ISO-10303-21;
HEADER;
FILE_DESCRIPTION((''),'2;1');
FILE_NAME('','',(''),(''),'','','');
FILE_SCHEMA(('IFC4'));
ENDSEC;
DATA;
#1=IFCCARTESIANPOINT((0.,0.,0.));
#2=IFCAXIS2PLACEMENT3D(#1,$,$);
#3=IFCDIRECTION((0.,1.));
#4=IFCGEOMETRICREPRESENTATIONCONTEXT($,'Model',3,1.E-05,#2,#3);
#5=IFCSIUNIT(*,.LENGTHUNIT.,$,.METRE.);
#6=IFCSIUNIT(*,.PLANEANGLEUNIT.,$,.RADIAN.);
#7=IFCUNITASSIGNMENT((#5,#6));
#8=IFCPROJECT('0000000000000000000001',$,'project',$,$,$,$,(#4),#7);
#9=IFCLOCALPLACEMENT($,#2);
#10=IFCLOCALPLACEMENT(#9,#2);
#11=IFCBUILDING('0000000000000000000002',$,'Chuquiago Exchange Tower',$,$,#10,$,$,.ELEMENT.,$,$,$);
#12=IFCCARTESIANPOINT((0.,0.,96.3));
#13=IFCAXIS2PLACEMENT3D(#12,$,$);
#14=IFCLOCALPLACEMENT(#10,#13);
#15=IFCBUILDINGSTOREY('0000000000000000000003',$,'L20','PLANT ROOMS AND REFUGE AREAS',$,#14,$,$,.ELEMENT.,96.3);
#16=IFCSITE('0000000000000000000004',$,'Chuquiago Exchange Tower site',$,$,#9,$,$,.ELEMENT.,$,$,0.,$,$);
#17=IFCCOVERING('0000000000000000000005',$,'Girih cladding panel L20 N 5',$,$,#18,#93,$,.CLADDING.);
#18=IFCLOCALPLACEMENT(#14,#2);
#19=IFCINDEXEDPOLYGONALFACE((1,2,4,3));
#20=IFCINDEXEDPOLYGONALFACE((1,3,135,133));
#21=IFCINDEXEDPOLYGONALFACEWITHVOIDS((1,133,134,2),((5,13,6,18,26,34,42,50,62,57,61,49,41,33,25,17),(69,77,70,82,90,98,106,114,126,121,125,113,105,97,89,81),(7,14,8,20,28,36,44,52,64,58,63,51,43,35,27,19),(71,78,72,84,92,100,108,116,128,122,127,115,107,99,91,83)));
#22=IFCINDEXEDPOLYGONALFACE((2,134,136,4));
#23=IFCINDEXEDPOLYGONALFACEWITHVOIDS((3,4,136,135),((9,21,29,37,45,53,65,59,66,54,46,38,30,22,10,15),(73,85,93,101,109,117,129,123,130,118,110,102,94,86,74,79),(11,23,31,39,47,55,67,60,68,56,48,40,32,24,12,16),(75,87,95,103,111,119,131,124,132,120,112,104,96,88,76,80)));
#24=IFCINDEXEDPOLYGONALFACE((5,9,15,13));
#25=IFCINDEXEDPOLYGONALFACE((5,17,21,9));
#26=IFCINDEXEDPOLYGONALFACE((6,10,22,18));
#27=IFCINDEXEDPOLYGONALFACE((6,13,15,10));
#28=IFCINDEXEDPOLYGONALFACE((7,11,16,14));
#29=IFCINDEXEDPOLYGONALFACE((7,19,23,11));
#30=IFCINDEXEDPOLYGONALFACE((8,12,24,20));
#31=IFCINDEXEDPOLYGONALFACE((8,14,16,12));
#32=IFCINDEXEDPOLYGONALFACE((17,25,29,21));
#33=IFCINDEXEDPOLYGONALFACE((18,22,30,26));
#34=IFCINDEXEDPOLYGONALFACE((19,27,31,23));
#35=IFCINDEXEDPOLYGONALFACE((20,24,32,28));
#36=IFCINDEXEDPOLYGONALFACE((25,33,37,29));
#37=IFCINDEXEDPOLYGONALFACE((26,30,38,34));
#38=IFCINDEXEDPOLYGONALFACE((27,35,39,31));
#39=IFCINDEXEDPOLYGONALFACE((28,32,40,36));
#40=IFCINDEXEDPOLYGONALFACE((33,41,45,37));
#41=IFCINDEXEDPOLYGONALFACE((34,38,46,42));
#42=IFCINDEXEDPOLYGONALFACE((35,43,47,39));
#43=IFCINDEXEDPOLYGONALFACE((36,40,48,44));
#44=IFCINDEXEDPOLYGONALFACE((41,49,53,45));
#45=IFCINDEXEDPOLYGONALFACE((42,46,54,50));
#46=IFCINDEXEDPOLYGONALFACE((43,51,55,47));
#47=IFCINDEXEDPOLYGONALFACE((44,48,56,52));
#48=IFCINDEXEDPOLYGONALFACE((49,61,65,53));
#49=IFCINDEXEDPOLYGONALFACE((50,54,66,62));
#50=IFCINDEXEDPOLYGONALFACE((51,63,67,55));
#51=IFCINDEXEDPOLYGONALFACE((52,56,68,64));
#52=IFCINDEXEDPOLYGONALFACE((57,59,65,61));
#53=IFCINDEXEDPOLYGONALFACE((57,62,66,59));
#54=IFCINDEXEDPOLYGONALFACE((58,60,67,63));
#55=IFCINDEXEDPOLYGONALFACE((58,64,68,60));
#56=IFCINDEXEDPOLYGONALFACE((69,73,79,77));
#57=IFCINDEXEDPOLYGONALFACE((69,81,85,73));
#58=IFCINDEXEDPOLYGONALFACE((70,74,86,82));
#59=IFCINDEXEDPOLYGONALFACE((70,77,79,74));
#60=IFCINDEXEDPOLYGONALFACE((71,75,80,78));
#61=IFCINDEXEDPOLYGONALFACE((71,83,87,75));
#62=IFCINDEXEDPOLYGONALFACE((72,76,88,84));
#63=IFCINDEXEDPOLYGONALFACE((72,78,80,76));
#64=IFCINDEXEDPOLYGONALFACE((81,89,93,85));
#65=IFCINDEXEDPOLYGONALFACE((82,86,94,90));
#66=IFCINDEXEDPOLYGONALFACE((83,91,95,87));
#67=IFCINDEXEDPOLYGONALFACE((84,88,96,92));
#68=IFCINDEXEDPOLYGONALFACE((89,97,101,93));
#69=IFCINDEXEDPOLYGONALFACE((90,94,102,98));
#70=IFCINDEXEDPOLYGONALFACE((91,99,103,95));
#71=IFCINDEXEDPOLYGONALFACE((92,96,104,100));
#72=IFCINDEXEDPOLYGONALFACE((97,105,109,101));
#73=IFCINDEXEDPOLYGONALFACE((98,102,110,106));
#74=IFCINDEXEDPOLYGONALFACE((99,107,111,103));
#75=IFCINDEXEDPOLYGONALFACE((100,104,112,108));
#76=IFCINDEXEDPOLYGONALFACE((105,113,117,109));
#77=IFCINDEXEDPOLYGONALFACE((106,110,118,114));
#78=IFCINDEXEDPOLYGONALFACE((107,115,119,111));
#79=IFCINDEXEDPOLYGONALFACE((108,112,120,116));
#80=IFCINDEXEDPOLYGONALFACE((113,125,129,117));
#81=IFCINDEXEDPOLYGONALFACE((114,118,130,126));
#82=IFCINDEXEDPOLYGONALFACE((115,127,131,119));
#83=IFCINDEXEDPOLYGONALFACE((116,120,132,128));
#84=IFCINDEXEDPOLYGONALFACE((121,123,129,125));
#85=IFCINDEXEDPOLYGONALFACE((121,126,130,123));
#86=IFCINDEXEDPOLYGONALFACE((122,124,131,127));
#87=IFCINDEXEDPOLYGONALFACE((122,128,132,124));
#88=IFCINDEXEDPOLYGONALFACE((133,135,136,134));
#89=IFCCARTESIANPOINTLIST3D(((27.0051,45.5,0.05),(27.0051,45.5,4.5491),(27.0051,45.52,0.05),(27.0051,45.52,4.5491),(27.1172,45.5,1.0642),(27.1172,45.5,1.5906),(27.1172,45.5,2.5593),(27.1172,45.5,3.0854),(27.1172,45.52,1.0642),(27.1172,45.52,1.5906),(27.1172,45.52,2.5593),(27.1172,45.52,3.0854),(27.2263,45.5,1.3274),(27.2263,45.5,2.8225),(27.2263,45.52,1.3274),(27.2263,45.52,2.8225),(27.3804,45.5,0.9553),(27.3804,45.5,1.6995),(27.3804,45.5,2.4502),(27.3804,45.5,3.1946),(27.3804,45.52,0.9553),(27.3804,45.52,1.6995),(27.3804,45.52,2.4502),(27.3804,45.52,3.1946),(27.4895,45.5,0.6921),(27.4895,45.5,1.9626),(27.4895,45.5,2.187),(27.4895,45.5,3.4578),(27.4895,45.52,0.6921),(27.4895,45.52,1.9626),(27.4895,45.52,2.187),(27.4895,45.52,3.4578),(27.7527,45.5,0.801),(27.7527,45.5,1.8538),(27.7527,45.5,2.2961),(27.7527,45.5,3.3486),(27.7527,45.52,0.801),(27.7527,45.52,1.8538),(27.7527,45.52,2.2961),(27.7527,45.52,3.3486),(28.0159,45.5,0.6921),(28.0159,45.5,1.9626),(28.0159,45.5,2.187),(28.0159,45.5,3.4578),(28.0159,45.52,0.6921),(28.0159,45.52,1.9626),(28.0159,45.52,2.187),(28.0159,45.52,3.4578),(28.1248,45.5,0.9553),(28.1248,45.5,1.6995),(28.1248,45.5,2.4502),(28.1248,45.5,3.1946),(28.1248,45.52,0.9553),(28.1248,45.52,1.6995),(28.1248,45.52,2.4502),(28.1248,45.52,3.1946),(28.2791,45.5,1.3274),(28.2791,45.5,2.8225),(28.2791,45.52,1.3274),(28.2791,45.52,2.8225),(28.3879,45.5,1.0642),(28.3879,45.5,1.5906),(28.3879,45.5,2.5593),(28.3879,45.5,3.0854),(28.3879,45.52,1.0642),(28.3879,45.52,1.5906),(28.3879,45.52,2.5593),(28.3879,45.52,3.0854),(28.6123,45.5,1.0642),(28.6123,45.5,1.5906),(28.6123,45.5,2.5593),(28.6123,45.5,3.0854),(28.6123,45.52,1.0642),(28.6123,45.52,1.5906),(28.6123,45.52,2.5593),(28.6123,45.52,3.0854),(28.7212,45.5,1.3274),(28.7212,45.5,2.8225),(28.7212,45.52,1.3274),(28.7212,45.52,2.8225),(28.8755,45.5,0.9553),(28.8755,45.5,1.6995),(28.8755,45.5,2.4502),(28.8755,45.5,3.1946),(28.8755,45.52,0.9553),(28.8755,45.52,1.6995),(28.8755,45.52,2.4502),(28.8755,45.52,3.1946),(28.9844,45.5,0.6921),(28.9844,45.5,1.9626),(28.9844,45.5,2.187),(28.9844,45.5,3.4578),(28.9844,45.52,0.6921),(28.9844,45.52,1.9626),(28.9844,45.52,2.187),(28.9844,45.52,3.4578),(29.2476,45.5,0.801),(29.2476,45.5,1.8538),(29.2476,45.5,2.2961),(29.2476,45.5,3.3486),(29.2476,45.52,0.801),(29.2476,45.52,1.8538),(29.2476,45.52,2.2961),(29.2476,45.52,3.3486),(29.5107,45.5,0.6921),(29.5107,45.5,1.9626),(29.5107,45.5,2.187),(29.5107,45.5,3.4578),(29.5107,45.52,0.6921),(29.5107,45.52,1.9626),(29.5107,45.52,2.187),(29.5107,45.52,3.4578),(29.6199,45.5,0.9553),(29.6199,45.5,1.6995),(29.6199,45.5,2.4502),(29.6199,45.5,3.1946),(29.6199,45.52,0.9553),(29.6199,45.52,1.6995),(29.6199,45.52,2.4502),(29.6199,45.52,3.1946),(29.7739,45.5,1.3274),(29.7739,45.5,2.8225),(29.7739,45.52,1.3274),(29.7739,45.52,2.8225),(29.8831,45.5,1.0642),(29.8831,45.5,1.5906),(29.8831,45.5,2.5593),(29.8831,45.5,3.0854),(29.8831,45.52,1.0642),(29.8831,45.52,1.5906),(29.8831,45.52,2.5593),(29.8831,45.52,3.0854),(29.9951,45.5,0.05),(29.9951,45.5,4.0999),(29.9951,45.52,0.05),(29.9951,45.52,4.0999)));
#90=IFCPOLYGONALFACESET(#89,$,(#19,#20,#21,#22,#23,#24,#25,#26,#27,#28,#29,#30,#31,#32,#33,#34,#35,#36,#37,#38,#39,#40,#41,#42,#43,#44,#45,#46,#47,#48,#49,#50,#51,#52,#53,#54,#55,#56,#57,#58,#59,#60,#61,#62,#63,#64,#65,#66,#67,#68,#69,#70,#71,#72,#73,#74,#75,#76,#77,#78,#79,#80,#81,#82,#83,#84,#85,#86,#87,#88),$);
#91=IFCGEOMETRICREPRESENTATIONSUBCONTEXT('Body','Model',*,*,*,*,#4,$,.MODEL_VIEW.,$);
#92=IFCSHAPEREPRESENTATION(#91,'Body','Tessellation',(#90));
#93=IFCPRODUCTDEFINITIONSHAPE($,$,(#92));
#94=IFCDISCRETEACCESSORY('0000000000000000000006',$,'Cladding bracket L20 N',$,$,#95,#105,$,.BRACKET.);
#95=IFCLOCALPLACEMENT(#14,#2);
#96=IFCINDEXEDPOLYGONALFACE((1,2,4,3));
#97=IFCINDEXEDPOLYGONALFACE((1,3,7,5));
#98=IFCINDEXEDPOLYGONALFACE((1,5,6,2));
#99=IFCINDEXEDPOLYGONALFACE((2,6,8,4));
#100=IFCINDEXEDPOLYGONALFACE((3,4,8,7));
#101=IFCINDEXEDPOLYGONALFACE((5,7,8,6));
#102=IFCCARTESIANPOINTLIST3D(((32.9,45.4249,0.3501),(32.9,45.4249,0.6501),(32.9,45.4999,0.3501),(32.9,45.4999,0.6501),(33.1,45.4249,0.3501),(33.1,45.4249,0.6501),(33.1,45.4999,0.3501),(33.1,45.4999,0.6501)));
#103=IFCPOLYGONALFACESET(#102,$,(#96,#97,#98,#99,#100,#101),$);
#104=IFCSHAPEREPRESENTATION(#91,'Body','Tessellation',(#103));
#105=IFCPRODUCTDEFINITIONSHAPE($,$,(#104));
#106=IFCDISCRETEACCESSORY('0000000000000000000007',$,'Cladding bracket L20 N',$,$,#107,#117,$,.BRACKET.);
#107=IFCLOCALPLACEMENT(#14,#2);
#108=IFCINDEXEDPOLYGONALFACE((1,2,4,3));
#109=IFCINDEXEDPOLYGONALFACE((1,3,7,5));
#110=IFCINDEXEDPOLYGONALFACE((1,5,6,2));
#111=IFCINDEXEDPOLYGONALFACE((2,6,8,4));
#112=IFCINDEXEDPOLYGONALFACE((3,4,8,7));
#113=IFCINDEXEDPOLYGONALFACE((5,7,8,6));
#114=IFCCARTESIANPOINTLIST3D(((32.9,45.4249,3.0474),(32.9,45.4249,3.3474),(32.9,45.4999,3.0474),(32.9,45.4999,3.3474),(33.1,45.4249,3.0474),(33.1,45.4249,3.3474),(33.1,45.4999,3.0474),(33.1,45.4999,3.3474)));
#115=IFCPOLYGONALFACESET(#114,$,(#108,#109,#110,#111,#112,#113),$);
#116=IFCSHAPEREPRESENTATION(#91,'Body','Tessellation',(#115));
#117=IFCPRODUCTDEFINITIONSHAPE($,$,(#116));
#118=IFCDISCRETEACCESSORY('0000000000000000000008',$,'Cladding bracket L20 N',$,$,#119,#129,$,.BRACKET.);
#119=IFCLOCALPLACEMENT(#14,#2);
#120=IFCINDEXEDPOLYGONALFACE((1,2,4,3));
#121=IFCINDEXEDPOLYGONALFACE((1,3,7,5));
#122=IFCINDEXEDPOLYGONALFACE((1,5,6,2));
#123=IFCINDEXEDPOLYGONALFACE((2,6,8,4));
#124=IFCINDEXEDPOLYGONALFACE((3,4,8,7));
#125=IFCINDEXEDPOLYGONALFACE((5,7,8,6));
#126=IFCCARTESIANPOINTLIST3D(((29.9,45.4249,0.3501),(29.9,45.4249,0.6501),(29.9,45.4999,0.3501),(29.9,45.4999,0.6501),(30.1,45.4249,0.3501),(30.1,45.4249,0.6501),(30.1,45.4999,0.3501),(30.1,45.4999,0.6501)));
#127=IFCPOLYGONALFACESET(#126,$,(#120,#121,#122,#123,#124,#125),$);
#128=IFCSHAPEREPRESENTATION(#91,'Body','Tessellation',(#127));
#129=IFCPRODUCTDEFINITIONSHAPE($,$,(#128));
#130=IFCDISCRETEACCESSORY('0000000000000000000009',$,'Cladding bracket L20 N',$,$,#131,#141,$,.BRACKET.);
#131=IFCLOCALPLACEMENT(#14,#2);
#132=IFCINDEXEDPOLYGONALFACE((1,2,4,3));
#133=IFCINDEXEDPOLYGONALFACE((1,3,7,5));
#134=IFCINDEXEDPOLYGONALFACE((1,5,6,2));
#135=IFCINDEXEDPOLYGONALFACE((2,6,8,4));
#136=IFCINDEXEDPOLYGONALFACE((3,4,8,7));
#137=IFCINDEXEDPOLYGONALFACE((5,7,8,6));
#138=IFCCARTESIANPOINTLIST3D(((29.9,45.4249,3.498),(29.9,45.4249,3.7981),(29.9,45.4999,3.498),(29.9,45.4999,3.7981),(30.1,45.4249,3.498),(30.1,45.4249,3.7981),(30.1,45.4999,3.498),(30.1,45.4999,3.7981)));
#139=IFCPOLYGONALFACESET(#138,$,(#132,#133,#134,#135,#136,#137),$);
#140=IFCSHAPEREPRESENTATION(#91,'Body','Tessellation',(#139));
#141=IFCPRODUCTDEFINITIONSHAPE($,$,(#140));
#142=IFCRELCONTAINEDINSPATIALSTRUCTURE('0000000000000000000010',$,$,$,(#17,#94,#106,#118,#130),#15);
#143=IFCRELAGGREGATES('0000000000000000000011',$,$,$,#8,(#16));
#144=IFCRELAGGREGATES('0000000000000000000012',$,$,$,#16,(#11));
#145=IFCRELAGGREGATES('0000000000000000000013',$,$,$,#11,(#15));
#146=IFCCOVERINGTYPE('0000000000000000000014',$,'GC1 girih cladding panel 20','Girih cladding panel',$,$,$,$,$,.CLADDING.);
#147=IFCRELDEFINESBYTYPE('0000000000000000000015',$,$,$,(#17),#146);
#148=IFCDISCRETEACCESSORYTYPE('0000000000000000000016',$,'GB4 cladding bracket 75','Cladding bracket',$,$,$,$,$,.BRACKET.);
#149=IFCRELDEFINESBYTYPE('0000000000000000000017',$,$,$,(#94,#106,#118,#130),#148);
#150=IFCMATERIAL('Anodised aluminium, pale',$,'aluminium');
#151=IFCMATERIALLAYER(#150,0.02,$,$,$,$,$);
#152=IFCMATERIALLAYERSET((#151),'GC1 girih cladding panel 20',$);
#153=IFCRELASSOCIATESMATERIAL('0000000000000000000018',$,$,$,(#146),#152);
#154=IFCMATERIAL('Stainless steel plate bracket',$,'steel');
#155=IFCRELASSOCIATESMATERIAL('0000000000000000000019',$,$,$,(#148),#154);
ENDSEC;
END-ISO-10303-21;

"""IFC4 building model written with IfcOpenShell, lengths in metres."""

from ifc_helpers import new_model, si_unit, direction, frame, origin, origin_2d, place, context, subcontext, project, spatial, polyline, rectangle, outline, extrude, material, layer, layer_set, type_object, element, save


model = new_model("IFC4")

# Units and contexts
model_context = context("Model", 3, precision=1e-05, world=origin(), true_north=direction((0.0, 1.0)))
body_context = subcontext(model_context, "Body", "Model", "MODEL_VIEW")
ifc_project = project(units=[si_unit("LENGTHUNIT", "METRE"), si_unit("PLANEANGLEUNIT", "RADIAN")], contexts=[model_context])

# Site, building, storey
site_placement = place(None, origin())
site = spatial("IfcSite", under=ifc_project, at=site_placement, Name="Chuquiago Exchange Tower site", CompositionType="ELEMENT", RefElevation=0.0)
building_placement = place(site_placement, origin())
building = spatial("IfcBuilding", under=site, at=building_placement, Name="Chuquiago Exchange Tower", CompositionType="ELEMENT")
storey_placement = place(building_placement, frame((0.0, 0.0, 96.3)))
storey = spatial("IfcBuildingStorey", under=building, at=storey_placement, Name="L20", Description="PLANT ROOMS AND REFUGE AREAS", CompositionType="ELEMENT", Elevation=96.3)

# Covering
ifc_material_1 = material(Name="Anodised aluminium, pale", Category="aluminium")
ifc_layer_1 = layer(ifc_material_1, 0.02)
ifc_layer_set_1 = layer_set([ifc_layer_1], Name="GC1 girih cladding panel 20")
covering_type = type_object("IfcCoveringType", Name="GC1 girih cladding panel 20", Description="Girih cladding panel", PredefinedType="CLADDING", material=ifc_layer_set_1)
covering_1_placement = place(storey_placement, frame((29.9951, 45.5, 0.05), z_axis=(0.0, 0.0, 1.0), x_axis=(-1.0, 0.0, 0.0)))
element("IfcCovering", 1, at=covering_1_placement, inside=storey, type_object=covering_type, Name="Girih cladding panel L20 N 5", PredefinedType="CLADDING", context=body_context, shape_type="SweptSolid", body=[
    extrude(outline(polyline([(0.0, 0.0), (2.99, 0.0), (2.99, 4.499), (0.0, 4.0498), (0.0, 0.0)]), holes=[polyline([(1.2739, 1.2773), (1.3828, 1.5405), (1.1196, 1.6494), (1.0107, 1.9126), (0.7476, 1.8037), (0.4844, 1.9126), (0.3752, 1.6494), (0.1121, 1.5405), (0.2212, 1.2773), (0.1121, 1.0142), (0.3752, 0.9053), (0.4844, 0.6421), (0.7476, 0.751), (1.0107, 0.6421), (1.1196, 0.9053), (1.3828, 1.0142), (1.2739, 1.2773)]), polyline([(2.7688, 1.2773), (2.8779, 1.5405), (2.6147, 1.6494), (2.5056, 1.9126), (2.2424, 1.8037), (1.9792, 1.9126), (1.8704, 1.6494), (1.6072, 1.5405), (1.7161, 1.2773), (1.6072, 1.0142), (1.8704, 0.9053), (1.9792, 0.6421), (2.2424, 0.751), (2.5056, 0.6421), (2.6147, 0.9053), (2.8779, 1.0142), (2.7688, 1.2773)]), polyline([(1.2739, 2.7725), (1.3828, 3.0354), (1.1196, 3.1445), (1.0107, 3.4077), (0.7476, 3.2986), (0.4844, 3.4077), (0.3752, 3.1445), (0.1121, 3.0354), (0.2212, 2.7725), (0.1121, 2.5093), (0.3752, 2.4001), (0.4844, 2.137), (0.7476, 2.2461), (1.0107, 2.137), (1.1196, 2.4001), (1.3828, 2.5093), (1.2739, 2.7725)]), polyline([(2.7688, 2.7725), (2.8779, 3.0354), (2.6147, 3.1445), (2.5056, 3.4077), (2.2424, 3.2986), (1.9792, 3.4077), (1.8704, 3.1445), (1.6072, 3.0354), (1.7161, 2.7725), (1.6072, 2.5093), (1.8704, 2.4001), (1.9792, 2.137), (2.2424, 2.2461), (2.5056, 2.137), (2.6147, 2.4001), (2.8779, 2.5093), (2.7688, 2.7725)])]), frame((0.0, 0.0, 0.0), z_axis=(0.0, -1.0, 0.0), x_axis=(1.0, 0.0, 0.0)), (0.0, 0.0, 1.0), 0.02),
])

# Discrete accessories
ifc_material_2 = material(Name="Stainless steel plate bracket", Category="steel")
discrete_accessory_type = type_object("IfcDiscreteAccessoryType", Name="GB4 cladding bracket 75", Description="Cladding bracket", PredefinedType="BRACKET", material=ifc_material_2)
for number, where, z_axis, x_axis, name in (
    (2, (33.0, 45.4624, 0.3501), (0.0, 0.0, 1.0), (-1.0, 0.0, 0.0), "Cladding bracket L20 N"),
    (3, (33.0, 45.4624, 3.0474), (0.0, 0.0, 1.0), (-1.0, 0.0, 0.0), "Cladding bracket L20 N"),
    (4, (30.0, 45.4624, 0.3501), (0.0, 0.0, 1.0), (-1.0, 0.0, 0.0), "Cladding bracket L20 N"),
    (5, (30.0, 45.4624, 3.498), (0.0, 0.0, 1.0), (-1.0, 0.0, 0.0), "Cladding bracket L20 N"),
):
    element("IfcDiscreteAccessory", number, at=place(storey_placement, frame(where, z_axis=z_axis, x_axis=x_axis)), inside=storey, type_object=discrete_accessory_type, Name=name, PredefinedType="BRACKET", context=body_context, shape_type="SweptSolid", body=[
        extrude(rectangle(XDim=0.2, YDim=0.075, at=origin_2d()), origin(), (0.0, 0.0, 1.0), 0.3),
    ])

save(model, "model.ifc")
